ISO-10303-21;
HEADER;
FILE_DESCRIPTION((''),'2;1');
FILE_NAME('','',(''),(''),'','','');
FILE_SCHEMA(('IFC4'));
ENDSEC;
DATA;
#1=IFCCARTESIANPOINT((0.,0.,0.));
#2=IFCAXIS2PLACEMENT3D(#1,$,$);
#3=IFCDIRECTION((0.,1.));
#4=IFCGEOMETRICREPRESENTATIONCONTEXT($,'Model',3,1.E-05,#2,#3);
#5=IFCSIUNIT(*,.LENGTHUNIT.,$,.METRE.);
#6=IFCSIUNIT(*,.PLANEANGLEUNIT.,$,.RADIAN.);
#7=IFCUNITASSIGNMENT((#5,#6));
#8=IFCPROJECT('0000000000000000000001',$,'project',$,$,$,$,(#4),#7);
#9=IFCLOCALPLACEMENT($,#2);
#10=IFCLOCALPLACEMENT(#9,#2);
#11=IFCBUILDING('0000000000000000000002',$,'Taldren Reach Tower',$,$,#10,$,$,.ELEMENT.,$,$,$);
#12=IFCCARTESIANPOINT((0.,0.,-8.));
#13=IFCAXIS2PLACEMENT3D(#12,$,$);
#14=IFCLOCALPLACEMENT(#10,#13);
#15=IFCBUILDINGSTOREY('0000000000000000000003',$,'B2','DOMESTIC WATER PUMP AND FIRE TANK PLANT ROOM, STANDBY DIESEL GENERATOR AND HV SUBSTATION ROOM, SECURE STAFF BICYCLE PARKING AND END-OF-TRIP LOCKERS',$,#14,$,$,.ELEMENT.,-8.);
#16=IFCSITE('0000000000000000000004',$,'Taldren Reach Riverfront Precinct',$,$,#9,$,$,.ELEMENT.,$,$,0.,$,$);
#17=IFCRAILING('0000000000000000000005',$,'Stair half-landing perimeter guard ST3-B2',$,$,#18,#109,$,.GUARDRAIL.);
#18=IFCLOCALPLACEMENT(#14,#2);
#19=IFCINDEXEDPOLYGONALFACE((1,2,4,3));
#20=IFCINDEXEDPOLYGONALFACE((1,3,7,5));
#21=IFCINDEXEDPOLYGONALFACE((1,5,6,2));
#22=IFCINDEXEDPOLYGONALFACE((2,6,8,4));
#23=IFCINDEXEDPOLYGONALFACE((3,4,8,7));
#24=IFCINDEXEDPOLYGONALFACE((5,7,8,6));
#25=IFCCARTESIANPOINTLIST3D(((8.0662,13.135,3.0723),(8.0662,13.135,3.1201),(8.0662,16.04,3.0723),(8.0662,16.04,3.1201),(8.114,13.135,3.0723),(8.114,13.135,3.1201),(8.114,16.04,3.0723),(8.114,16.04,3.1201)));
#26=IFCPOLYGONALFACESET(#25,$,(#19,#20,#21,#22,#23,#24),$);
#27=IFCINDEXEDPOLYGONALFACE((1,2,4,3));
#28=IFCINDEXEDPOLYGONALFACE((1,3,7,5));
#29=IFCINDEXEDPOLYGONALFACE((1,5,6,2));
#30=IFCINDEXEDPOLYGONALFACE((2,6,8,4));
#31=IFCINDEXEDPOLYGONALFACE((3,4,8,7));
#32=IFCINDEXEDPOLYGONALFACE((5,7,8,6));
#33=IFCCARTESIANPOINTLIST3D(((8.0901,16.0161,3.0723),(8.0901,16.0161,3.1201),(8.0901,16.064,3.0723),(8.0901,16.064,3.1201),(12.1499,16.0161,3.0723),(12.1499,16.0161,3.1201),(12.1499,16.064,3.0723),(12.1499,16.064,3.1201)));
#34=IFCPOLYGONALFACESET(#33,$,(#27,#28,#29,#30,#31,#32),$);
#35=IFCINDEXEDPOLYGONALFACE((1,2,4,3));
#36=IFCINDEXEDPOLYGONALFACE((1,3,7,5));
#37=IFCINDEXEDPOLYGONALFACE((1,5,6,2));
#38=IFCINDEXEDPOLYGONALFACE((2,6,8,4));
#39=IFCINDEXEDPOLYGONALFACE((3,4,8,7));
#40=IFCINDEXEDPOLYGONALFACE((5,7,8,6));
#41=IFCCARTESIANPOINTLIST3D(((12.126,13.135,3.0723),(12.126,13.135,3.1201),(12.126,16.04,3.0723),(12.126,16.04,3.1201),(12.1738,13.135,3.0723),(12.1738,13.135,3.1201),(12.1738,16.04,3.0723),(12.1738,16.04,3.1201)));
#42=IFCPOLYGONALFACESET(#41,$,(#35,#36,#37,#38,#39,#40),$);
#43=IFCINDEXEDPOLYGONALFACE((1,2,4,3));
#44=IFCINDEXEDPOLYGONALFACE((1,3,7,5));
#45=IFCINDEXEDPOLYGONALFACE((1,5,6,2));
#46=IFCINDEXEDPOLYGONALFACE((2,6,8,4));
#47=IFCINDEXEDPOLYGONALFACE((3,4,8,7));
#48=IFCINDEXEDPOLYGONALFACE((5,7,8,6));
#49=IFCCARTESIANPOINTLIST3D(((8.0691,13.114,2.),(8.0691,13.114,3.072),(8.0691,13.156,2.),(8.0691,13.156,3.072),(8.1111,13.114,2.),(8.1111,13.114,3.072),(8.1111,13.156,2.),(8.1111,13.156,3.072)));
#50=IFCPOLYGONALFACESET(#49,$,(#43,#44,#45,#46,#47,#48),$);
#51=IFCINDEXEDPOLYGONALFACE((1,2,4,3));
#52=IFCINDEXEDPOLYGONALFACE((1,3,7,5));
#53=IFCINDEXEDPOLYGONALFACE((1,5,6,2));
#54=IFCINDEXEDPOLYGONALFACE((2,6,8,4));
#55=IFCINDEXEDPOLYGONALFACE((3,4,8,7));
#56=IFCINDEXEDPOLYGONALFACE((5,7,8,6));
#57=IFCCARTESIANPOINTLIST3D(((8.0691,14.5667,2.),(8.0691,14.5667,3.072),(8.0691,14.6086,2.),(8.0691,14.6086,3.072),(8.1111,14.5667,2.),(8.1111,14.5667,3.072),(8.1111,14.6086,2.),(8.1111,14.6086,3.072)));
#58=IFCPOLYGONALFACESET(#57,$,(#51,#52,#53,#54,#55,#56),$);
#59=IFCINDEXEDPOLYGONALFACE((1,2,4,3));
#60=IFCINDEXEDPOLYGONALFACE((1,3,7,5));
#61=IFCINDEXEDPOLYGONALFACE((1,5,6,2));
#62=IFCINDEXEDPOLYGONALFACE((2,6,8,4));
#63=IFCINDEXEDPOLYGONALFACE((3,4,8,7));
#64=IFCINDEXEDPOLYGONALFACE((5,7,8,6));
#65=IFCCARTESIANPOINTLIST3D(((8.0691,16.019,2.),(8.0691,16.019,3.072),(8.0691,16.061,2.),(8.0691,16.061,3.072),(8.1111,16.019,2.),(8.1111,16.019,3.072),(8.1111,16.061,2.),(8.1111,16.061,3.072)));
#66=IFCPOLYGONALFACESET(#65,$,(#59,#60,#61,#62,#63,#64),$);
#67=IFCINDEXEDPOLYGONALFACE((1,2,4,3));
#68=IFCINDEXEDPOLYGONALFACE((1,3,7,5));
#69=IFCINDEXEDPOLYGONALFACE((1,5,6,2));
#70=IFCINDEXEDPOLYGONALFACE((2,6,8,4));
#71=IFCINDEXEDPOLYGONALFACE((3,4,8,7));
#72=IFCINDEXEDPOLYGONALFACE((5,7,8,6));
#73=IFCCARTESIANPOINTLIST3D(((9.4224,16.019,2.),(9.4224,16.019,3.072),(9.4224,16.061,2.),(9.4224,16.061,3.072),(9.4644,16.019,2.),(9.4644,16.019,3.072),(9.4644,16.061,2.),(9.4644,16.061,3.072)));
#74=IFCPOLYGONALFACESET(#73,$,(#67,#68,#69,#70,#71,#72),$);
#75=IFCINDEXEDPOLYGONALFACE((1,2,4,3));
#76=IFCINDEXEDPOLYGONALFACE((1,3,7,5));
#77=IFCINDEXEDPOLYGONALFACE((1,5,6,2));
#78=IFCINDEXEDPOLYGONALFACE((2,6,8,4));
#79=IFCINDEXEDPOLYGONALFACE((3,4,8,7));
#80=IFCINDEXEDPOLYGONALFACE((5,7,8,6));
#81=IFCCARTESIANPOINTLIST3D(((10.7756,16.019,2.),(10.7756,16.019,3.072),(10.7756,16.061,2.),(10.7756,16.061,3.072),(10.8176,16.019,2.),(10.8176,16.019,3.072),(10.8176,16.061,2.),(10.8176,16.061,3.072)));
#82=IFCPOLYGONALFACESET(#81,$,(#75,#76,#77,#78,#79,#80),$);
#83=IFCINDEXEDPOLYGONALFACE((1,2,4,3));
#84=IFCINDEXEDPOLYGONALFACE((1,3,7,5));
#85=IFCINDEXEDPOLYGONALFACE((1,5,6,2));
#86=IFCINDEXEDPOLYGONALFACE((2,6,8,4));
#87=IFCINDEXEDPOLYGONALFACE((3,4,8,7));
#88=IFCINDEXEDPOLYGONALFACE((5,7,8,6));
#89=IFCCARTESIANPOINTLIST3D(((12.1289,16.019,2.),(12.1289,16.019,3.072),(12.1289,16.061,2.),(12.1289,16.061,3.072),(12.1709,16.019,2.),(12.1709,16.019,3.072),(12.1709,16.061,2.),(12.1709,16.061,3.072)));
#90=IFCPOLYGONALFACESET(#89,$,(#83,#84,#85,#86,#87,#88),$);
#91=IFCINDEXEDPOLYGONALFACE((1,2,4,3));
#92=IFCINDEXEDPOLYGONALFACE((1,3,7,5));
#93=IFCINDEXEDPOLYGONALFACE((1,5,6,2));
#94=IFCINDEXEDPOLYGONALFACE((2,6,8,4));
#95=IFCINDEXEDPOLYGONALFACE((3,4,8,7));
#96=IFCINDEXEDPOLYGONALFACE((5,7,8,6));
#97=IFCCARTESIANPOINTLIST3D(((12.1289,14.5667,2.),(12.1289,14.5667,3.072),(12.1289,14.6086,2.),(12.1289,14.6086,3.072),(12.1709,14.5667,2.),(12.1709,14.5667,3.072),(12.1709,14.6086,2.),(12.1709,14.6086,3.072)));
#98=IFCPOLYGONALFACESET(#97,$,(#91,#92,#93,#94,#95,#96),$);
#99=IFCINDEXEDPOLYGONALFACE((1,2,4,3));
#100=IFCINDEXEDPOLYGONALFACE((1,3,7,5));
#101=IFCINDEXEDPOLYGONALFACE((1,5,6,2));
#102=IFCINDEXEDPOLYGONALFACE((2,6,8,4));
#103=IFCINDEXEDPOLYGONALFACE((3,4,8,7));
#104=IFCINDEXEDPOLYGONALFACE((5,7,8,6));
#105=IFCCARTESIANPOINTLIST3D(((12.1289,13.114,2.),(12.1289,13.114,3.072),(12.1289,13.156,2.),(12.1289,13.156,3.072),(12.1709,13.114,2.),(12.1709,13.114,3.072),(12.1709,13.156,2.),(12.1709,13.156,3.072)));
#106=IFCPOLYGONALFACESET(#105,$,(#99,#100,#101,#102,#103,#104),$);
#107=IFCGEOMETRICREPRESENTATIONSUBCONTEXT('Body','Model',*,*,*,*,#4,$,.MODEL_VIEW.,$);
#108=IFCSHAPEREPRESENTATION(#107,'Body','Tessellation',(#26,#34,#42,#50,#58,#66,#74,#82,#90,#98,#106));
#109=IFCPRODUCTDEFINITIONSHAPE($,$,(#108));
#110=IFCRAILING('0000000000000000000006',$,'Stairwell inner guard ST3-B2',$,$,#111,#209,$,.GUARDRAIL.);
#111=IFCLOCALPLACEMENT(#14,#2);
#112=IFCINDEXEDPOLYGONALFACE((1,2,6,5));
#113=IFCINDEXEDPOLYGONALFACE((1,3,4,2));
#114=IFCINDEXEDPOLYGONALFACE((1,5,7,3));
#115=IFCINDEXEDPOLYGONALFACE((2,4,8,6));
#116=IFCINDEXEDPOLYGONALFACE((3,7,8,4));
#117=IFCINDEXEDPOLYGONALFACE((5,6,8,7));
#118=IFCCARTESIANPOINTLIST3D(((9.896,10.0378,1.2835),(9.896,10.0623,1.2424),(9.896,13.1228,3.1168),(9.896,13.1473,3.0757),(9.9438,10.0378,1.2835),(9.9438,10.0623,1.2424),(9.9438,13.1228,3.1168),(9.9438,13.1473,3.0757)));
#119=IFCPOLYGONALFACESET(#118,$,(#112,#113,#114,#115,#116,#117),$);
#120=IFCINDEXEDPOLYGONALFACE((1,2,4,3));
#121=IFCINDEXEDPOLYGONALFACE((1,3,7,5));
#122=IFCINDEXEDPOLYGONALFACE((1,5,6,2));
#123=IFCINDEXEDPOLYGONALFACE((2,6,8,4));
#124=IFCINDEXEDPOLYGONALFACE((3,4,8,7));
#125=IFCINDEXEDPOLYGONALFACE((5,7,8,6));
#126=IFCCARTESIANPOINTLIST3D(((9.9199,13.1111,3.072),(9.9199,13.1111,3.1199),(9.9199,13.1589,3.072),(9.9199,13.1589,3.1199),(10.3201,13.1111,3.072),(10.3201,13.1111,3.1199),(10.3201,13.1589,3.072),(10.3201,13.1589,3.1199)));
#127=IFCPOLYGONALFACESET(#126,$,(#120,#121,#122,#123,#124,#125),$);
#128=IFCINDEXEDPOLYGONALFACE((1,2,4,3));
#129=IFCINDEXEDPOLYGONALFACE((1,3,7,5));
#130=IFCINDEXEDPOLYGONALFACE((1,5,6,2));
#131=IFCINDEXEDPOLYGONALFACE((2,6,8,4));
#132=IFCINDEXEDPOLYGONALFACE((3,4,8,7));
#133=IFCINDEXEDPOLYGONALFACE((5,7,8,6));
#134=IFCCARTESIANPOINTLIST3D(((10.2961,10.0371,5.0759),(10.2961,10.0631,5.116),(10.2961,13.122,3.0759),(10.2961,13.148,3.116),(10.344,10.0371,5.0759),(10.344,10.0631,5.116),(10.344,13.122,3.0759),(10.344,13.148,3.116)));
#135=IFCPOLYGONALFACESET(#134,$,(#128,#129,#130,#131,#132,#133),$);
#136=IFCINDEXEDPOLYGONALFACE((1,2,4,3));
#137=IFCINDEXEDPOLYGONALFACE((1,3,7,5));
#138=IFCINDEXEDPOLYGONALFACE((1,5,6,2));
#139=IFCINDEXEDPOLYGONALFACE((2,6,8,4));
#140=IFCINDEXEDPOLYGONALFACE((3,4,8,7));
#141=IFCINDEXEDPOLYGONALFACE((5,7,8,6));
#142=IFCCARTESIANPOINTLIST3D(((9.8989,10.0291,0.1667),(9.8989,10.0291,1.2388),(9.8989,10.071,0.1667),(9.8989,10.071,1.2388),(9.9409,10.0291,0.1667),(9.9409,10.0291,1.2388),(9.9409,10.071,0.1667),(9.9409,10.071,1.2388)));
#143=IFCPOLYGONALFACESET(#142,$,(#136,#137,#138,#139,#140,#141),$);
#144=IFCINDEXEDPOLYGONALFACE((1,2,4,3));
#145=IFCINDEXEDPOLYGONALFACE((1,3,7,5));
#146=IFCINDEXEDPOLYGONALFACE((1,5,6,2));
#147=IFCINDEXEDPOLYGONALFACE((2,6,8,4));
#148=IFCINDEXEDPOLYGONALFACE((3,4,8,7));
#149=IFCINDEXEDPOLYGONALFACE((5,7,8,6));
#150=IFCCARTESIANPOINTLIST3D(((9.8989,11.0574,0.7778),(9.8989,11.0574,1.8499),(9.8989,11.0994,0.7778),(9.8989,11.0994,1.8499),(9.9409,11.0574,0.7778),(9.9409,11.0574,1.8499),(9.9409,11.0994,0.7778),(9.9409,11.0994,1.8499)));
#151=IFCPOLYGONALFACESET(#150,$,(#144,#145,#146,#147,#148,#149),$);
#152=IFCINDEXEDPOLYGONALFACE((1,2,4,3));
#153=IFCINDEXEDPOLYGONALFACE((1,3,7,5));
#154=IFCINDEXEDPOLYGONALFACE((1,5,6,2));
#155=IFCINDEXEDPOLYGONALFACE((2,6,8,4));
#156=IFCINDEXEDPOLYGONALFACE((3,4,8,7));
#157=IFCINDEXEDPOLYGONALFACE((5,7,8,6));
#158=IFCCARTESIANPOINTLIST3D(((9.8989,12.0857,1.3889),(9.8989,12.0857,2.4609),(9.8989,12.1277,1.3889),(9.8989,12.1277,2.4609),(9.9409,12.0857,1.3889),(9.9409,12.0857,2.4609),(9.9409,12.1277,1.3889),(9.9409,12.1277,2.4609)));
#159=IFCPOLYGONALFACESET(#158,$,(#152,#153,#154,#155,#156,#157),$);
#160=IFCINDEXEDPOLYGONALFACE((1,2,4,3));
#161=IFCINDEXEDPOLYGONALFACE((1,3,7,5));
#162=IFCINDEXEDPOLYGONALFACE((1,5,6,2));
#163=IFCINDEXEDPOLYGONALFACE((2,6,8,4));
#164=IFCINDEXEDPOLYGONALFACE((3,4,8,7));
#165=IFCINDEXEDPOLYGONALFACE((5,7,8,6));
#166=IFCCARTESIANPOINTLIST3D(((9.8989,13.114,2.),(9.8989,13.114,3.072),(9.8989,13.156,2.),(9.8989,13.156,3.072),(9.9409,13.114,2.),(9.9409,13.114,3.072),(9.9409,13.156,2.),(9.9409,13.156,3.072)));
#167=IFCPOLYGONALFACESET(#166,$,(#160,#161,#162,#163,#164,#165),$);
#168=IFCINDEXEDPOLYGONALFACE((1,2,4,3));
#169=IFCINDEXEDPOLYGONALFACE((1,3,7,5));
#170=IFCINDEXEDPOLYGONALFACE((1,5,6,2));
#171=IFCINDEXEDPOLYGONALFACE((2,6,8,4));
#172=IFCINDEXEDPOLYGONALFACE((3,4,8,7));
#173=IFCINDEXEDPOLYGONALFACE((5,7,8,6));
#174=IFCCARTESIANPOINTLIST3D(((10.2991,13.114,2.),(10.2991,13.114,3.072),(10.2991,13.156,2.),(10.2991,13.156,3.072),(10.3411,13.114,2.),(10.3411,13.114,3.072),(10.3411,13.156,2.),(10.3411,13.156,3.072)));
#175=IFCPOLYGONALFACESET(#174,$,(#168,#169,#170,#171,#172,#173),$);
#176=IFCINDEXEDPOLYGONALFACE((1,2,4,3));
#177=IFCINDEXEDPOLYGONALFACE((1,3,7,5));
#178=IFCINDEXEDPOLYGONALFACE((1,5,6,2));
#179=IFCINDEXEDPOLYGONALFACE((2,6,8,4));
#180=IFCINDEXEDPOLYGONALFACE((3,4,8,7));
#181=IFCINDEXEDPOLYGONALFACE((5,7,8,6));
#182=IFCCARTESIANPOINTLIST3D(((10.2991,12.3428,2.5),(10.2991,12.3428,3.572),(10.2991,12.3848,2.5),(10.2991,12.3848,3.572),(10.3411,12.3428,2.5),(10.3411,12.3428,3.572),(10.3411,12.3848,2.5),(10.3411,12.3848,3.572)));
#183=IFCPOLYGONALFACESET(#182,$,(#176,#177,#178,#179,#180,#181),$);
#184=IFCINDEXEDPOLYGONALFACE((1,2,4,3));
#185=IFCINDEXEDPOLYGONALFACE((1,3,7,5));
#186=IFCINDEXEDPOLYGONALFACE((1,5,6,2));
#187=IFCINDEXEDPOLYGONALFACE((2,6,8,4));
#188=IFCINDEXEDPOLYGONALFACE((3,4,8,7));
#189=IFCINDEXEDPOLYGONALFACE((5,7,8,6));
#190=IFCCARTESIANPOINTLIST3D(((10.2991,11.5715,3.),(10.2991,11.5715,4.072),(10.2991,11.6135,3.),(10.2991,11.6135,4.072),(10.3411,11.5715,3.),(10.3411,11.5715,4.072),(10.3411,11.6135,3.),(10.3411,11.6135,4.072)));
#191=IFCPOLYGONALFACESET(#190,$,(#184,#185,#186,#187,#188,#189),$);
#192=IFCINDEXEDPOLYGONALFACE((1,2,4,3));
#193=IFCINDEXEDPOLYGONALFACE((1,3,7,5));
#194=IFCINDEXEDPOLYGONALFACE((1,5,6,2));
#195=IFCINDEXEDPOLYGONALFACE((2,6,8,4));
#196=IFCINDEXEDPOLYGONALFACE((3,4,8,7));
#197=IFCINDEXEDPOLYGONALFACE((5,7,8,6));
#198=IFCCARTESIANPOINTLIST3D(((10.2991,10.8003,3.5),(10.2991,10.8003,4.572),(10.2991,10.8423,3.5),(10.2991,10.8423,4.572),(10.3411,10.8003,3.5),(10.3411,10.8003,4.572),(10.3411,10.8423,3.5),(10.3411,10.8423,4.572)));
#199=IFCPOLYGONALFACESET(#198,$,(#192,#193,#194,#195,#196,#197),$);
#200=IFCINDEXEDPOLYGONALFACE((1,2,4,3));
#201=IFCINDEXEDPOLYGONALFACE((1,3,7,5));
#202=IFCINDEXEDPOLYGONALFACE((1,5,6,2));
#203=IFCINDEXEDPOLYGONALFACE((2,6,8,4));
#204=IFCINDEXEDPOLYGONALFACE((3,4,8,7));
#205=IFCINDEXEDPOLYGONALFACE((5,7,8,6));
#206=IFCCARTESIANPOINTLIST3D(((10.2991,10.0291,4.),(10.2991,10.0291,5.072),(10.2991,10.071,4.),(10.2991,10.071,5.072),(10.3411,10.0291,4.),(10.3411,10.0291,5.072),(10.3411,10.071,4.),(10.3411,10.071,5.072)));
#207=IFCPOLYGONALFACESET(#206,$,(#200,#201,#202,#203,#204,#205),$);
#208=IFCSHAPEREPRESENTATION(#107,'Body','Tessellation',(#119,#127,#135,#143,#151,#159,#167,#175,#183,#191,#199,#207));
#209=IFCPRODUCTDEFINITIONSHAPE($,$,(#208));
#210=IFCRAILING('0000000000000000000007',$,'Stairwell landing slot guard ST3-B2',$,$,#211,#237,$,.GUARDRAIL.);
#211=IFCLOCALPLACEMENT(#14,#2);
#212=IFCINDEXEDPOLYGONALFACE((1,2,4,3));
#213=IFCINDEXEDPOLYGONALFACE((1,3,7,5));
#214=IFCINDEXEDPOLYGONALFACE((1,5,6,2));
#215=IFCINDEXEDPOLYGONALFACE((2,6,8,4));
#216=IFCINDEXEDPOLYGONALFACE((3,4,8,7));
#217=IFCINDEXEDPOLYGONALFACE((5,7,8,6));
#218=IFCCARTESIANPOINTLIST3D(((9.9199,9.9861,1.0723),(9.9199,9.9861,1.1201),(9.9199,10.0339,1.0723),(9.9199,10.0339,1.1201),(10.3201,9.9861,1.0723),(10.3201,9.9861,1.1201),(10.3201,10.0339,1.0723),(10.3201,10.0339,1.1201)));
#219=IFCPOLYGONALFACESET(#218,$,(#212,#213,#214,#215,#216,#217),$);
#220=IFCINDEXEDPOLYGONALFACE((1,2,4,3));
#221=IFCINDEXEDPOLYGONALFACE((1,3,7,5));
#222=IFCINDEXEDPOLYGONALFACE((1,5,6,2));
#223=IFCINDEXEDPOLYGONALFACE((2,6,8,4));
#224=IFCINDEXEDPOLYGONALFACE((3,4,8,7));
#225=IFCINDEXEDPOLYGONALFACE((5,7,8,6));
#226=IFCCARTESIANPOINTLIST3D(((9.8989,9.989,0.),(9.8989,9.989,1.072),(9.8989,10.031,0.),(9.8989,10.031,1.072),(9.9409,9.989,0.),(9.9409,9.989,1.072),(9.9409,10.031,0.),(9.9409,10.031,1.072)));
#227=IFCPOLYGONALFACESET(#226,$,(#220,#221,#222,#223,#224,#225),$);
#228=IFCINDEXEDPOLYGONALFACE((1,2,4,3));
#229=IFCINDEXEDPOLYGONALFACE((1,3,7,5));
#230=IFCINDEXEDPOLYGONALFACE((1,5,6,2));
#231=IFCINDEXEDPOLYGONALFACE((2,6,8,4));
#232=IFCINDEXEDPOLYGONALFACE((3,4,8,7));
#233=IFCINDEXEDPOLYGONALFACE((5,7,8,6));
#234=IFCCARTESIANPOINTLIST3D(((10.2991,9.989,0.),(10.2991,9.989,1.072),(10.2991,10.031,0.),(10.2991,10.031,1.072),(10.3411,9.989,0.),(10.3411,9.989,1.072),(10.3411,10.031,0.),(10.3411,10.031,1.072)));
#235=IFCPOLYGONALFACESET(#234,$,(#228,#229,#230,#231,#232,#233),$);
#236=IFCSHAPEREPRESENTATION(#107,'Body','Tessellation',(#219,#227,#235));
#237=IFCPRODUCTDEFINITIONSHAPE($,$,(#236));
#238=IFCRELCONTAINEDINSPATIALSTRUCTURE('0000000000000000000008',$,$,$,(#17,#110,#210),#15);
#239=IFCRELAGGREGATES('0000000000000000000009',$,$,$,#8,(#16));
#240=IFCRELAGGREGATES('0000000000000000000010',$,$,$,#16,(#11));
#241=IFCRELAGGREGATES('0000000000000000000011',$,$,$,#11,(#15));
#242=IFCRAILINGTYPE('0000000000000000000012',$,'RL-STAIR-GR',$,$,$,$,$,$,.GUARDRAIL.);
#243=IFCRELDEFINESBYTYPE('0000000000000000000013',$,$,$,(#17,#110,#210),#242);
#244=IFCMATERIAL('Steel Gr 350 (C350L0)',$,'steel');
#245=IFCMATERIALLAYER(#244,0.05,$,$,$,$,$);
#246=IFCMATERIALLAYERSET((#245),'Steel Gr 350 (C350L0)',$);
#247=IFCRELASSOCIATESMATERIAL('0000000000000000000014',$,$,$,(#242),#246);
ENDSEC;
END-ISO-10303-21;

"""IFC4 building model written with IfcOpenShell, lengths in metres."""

from ifc_helpers import new_model, si_unit, direction, frame, origin, origin_2d, place, context, subcontext, project, spatial, rectangle, extrude, material, layer, layer_set, type_object, element, save


model = new_model("IFC4")

# Units and contexts
model_context = context("Model", 3, precision=1e-05, world=origin(), true_north=direction((0.0, 1.0)))
body_context = subcontext(model_context, "Body", "Model", "MODEL_VIEW")
ifc_project = project(units=[si_unit("LENGTHUNIT", "METRE"), si_unit("PLANEANGLEUNIT", "RADIAN")], contexts=[model_context])

# Site, building, storey
site_placement = place(None, origin())
site = spatial("IfcSite", under=ifc_project, at=site_placement, Name="Taldren Reach Riverfront Precinct", CompositionType="ELEMENT", RefElevation=0.0)
building_placement = place(site_placement, origin())
building = spatial("IfcBuilding", under=site, at=building_placement, Name="Taldren Reach Tower", CompositionType="ELEMENT")
storey_placement = place(building_placement, frame((0.0, 0.0, -8.0)))
storey = spatial("IfcBuildingStorey", under=building, at=storey_placement, Name="B2", Description="DOMESTIC WATER PUMP AND FIRE TANK PLANT ROOM, STANDBY DIESEL GENERATOR AND HV SUBSTATION ROOM, SECURE STAFF BICYCLE PARKING AND END-OF-TRIP LOCKERS", CompositionType="ELEMENT", Elevation=-8.0)

# Shared definitions
ifc_material_1 = material(Name="Steel Gr 350 (C350L0)", Category="steel")

# Railings
ifc_layer_1 = layer(ifc_material_1, 0.05)
ifc_layer_set_1 = layer_set([ifc_layer_1], Name="Steel Gr 350 (C350L0)")
railing_type_1 = type_object("IfcRailingType", Name="RL-STAIR-GR", PredefinedType="GUARDRAIL", material=ifc_layer_set_1)
railing_1_placement = place(storey_placement, frame((8.0901, 13.135, 2.0)))
element("IfcRailing", 1, at=railing_1_placement, inside=storey, type_object=railing_type_1, Name="Stair half-landing perimeter guard ST3-B2", PredefinedType="GUARDRAIL", context=body_context, shape_type="SweptSolid", body=[
    extrude(rectangle(XDim=0.0479, YDim=0.0479, at=origin_2d()), frame((0.0, 0.0, 1.0962), z_axis=(0.0, 1.0, 0.0), x_axis=(-1.0, 0.0, 0.0)), (0.0, 0.0, 1.0), 2.905),
    extrude(rectangle(XDim=0.0479, YDim=0.0479, at=origin_2d()), frame((0.0, 2.905, 1.0962), z_axis=(1.0, 0.0, 0.0), x_axis=(0.0, 1.0, 0.0)), (0.0, 0.0, 1.0), 4.0598),
    extrude(rectangle(XDim=0.0479, YDim=0.0479, at=origin_2d()), frame((4.0598, 2.905, 1.0962), z_axis=(0.0, -1.0, 0.0), x_axis=(1.0, 0.0, 0.0)), (0.0, 0.0, 1.0), 2.905),
    extrude(rectangle(XDim=0.042, YDim=0.042, at=origin_2d()), origin(), (0.0, 0.0, 1.0), 1.072),
    extrude(rectangle(XDim=0.042, YDim=0.042, at=origin_2d()), frame((0.0, 1.4526, 0.0)), (0.0, 0.0, 1.0), 1.072),
    extrude(rectangle(XDim=0.042, YDim=0.042, at=origin_2d()), frame((0.0, 2.905, 0.0)), (0.0, 0.0, 1.0), 1.072),
    extrude(rectangle(XDim=0.042, YDim=0.042, at=origin_2d()), frame((1.3533, 2.905, 0.0)), (0.0, 0.0, 1.0), 1.072),
    extrude(rectangle(XDim=0.042, YDim=0.042, at=origin_2d()), frame((2.7065, 2.905, 0.0)), (0.0, 0.0, 1.0), 1.072),
    extrude(rectangle(XDim=0.042, YDim=0.042, at=origin_2d()), frame((4.0598, 2.905, 0.0)), (0.0, 0.0, 1.0), 1.072),
    extrude(rectangle(XDim=0.042, YDim=0.042, at=origin_2d()), frame((4.0598, 1.4526, 0.0)), (0.0, 0.0, 1.0), 1.072),
    extrude(rectangle(XDim=0.042, YDim=0.042, at=origin_2d()), frame((4.0598, 0.0, 0.0)), (0.0, 0.0, 1.0), 1.072),
])
railing_2_placement = place(storey_placement, frame((9.9199, 10.05, 0.1667)))
element("IfcRailing", 2, at=railing_2_placement, inside=storey, type_object=railing_type_1, Name="Stairwell inner guard ST3-B2", PredefinedType="GUARDRAIL", context=body_context, shape_type="SweptSolid", body=[
    extrude(rectangle(XDim=0.0479, YDim=0.0479, at=origin_2d()), frame((0.0, 0.0, 1.0962), z_axis=(0.0, 0.859664, 0.510859), x_axis=(-1.0, 0.0, 0.0)), (0.0, 0.0, 1.0), 3.5886),
    extrude(rectangle(XDim=0.0479, YDim=0.0479, at=origin_2d()), frame((0.0, 3.085, 2.9292), z_axis=(1.0, 0.0, 0.0), x_axis=(0.0, 1.0, 0.0)), (0.0, 0.0, 1.0), 0.4001),
    extrude(rectangle(XDim=0.0479, YDim=0.0479, at=origin_2d()), frame((0.4001, 3.085, 2.9292), z_axis=(0.0, -0.839092, 0.543989), x_axis=(1.0, 0.0, 0.0)), (0.0, 0.0, 1.0), 3.6765),
    extrude(rectangle(XDim=0.042, YDim=0.042, at=origin_2d()), origin(), (0.0, 0.0, 1.0), 1.072),
    extrude(rectangle(XDim=0.042, YDim=0.042, at=origin_2d()), frame((0.0, 1.0283, 0.6111)), (0.0, 0.0, 1.0), 1.072),
    extrude(rectangle(XDim=0.042, YDim=0.042, at=origin_2d()), frame((0.0, 2.0566, 1.2222)), (0.0, 0.0, 1.0), 1.072),
    extrude(rectangle(XDim=0.042, YDim=0.042, at=origin_2d()), frame((0.0, 3.085, 1.8333)), (0.0, 0.0, 1.0), 1.072),
    extrude(rectangle(XDim=0.042, YDim=0.042, at=origin_2d()), frame((0.4001, 3.085, 1.8333)), (0.0, 0.0, 1.0), 1.072),
    extrude(rectangle(XDim=0.042, YDim=0.042, at=origin_2d()), frame((0.4001, 2.3137, 2.3333)), (0.0, 0.0, 1.0), 1.072),
    extrude(rectangle(XDim=0.042, YDim=0.042, at=origin_2d()), frame((0.4001, 1.5425, 2.8333)), (0.0, 0.0, 1.0), 1.072),
    extrude(rectangle(XDim=0.042, YDim=0.042, at=origin_2d()), frame((0.4001, 0.7712, 3.3333)), (0.0, 0.0, 1.0), 1.072),
    extrude(rectangle(XDim=0.042, YDim=0.042, at=origin_2d()), frame((0.4001, 0.0, 3.8333)), (0.0, 0.0, 1.0), 1.072),
])
railing_3_placement = place(storey_placement, frame((9.9199, 10.01, 0.0)))
element("IfcRailing", 3, at=railing_3_placement, inside=storey, type_object=railing_type_1, Name="Stairwell landing slot guard ST3-B2", PredefinedType="GUARDRAIL", context=body_context, shape_type="SweptSolid", body=[
    extrude(rectangle(XDim=0.0479, YDim=0.0479, at=origin_2d()), frame((0.0, 0.0, 1.0962), z_axis=(1.0, 0.0, 0.0), x_axis=(0.0, 1.0, 0.0)), (0.0, 0.0, 1.0), 0.4001),
    extrude(rectangle(XDim=0.042, YDim=0.042, at=origin_2d()), origin(), (0.0, 0.0, 1.0), 1.072),
    extrude(rectangle(XDim=0.042, YDim=0.042, at=origin_2d()), frame((0.4001, 0.0, 0.0)), (0.0, 0.0, 1.0), 1.072),
])

save(model, "model.ifc")
